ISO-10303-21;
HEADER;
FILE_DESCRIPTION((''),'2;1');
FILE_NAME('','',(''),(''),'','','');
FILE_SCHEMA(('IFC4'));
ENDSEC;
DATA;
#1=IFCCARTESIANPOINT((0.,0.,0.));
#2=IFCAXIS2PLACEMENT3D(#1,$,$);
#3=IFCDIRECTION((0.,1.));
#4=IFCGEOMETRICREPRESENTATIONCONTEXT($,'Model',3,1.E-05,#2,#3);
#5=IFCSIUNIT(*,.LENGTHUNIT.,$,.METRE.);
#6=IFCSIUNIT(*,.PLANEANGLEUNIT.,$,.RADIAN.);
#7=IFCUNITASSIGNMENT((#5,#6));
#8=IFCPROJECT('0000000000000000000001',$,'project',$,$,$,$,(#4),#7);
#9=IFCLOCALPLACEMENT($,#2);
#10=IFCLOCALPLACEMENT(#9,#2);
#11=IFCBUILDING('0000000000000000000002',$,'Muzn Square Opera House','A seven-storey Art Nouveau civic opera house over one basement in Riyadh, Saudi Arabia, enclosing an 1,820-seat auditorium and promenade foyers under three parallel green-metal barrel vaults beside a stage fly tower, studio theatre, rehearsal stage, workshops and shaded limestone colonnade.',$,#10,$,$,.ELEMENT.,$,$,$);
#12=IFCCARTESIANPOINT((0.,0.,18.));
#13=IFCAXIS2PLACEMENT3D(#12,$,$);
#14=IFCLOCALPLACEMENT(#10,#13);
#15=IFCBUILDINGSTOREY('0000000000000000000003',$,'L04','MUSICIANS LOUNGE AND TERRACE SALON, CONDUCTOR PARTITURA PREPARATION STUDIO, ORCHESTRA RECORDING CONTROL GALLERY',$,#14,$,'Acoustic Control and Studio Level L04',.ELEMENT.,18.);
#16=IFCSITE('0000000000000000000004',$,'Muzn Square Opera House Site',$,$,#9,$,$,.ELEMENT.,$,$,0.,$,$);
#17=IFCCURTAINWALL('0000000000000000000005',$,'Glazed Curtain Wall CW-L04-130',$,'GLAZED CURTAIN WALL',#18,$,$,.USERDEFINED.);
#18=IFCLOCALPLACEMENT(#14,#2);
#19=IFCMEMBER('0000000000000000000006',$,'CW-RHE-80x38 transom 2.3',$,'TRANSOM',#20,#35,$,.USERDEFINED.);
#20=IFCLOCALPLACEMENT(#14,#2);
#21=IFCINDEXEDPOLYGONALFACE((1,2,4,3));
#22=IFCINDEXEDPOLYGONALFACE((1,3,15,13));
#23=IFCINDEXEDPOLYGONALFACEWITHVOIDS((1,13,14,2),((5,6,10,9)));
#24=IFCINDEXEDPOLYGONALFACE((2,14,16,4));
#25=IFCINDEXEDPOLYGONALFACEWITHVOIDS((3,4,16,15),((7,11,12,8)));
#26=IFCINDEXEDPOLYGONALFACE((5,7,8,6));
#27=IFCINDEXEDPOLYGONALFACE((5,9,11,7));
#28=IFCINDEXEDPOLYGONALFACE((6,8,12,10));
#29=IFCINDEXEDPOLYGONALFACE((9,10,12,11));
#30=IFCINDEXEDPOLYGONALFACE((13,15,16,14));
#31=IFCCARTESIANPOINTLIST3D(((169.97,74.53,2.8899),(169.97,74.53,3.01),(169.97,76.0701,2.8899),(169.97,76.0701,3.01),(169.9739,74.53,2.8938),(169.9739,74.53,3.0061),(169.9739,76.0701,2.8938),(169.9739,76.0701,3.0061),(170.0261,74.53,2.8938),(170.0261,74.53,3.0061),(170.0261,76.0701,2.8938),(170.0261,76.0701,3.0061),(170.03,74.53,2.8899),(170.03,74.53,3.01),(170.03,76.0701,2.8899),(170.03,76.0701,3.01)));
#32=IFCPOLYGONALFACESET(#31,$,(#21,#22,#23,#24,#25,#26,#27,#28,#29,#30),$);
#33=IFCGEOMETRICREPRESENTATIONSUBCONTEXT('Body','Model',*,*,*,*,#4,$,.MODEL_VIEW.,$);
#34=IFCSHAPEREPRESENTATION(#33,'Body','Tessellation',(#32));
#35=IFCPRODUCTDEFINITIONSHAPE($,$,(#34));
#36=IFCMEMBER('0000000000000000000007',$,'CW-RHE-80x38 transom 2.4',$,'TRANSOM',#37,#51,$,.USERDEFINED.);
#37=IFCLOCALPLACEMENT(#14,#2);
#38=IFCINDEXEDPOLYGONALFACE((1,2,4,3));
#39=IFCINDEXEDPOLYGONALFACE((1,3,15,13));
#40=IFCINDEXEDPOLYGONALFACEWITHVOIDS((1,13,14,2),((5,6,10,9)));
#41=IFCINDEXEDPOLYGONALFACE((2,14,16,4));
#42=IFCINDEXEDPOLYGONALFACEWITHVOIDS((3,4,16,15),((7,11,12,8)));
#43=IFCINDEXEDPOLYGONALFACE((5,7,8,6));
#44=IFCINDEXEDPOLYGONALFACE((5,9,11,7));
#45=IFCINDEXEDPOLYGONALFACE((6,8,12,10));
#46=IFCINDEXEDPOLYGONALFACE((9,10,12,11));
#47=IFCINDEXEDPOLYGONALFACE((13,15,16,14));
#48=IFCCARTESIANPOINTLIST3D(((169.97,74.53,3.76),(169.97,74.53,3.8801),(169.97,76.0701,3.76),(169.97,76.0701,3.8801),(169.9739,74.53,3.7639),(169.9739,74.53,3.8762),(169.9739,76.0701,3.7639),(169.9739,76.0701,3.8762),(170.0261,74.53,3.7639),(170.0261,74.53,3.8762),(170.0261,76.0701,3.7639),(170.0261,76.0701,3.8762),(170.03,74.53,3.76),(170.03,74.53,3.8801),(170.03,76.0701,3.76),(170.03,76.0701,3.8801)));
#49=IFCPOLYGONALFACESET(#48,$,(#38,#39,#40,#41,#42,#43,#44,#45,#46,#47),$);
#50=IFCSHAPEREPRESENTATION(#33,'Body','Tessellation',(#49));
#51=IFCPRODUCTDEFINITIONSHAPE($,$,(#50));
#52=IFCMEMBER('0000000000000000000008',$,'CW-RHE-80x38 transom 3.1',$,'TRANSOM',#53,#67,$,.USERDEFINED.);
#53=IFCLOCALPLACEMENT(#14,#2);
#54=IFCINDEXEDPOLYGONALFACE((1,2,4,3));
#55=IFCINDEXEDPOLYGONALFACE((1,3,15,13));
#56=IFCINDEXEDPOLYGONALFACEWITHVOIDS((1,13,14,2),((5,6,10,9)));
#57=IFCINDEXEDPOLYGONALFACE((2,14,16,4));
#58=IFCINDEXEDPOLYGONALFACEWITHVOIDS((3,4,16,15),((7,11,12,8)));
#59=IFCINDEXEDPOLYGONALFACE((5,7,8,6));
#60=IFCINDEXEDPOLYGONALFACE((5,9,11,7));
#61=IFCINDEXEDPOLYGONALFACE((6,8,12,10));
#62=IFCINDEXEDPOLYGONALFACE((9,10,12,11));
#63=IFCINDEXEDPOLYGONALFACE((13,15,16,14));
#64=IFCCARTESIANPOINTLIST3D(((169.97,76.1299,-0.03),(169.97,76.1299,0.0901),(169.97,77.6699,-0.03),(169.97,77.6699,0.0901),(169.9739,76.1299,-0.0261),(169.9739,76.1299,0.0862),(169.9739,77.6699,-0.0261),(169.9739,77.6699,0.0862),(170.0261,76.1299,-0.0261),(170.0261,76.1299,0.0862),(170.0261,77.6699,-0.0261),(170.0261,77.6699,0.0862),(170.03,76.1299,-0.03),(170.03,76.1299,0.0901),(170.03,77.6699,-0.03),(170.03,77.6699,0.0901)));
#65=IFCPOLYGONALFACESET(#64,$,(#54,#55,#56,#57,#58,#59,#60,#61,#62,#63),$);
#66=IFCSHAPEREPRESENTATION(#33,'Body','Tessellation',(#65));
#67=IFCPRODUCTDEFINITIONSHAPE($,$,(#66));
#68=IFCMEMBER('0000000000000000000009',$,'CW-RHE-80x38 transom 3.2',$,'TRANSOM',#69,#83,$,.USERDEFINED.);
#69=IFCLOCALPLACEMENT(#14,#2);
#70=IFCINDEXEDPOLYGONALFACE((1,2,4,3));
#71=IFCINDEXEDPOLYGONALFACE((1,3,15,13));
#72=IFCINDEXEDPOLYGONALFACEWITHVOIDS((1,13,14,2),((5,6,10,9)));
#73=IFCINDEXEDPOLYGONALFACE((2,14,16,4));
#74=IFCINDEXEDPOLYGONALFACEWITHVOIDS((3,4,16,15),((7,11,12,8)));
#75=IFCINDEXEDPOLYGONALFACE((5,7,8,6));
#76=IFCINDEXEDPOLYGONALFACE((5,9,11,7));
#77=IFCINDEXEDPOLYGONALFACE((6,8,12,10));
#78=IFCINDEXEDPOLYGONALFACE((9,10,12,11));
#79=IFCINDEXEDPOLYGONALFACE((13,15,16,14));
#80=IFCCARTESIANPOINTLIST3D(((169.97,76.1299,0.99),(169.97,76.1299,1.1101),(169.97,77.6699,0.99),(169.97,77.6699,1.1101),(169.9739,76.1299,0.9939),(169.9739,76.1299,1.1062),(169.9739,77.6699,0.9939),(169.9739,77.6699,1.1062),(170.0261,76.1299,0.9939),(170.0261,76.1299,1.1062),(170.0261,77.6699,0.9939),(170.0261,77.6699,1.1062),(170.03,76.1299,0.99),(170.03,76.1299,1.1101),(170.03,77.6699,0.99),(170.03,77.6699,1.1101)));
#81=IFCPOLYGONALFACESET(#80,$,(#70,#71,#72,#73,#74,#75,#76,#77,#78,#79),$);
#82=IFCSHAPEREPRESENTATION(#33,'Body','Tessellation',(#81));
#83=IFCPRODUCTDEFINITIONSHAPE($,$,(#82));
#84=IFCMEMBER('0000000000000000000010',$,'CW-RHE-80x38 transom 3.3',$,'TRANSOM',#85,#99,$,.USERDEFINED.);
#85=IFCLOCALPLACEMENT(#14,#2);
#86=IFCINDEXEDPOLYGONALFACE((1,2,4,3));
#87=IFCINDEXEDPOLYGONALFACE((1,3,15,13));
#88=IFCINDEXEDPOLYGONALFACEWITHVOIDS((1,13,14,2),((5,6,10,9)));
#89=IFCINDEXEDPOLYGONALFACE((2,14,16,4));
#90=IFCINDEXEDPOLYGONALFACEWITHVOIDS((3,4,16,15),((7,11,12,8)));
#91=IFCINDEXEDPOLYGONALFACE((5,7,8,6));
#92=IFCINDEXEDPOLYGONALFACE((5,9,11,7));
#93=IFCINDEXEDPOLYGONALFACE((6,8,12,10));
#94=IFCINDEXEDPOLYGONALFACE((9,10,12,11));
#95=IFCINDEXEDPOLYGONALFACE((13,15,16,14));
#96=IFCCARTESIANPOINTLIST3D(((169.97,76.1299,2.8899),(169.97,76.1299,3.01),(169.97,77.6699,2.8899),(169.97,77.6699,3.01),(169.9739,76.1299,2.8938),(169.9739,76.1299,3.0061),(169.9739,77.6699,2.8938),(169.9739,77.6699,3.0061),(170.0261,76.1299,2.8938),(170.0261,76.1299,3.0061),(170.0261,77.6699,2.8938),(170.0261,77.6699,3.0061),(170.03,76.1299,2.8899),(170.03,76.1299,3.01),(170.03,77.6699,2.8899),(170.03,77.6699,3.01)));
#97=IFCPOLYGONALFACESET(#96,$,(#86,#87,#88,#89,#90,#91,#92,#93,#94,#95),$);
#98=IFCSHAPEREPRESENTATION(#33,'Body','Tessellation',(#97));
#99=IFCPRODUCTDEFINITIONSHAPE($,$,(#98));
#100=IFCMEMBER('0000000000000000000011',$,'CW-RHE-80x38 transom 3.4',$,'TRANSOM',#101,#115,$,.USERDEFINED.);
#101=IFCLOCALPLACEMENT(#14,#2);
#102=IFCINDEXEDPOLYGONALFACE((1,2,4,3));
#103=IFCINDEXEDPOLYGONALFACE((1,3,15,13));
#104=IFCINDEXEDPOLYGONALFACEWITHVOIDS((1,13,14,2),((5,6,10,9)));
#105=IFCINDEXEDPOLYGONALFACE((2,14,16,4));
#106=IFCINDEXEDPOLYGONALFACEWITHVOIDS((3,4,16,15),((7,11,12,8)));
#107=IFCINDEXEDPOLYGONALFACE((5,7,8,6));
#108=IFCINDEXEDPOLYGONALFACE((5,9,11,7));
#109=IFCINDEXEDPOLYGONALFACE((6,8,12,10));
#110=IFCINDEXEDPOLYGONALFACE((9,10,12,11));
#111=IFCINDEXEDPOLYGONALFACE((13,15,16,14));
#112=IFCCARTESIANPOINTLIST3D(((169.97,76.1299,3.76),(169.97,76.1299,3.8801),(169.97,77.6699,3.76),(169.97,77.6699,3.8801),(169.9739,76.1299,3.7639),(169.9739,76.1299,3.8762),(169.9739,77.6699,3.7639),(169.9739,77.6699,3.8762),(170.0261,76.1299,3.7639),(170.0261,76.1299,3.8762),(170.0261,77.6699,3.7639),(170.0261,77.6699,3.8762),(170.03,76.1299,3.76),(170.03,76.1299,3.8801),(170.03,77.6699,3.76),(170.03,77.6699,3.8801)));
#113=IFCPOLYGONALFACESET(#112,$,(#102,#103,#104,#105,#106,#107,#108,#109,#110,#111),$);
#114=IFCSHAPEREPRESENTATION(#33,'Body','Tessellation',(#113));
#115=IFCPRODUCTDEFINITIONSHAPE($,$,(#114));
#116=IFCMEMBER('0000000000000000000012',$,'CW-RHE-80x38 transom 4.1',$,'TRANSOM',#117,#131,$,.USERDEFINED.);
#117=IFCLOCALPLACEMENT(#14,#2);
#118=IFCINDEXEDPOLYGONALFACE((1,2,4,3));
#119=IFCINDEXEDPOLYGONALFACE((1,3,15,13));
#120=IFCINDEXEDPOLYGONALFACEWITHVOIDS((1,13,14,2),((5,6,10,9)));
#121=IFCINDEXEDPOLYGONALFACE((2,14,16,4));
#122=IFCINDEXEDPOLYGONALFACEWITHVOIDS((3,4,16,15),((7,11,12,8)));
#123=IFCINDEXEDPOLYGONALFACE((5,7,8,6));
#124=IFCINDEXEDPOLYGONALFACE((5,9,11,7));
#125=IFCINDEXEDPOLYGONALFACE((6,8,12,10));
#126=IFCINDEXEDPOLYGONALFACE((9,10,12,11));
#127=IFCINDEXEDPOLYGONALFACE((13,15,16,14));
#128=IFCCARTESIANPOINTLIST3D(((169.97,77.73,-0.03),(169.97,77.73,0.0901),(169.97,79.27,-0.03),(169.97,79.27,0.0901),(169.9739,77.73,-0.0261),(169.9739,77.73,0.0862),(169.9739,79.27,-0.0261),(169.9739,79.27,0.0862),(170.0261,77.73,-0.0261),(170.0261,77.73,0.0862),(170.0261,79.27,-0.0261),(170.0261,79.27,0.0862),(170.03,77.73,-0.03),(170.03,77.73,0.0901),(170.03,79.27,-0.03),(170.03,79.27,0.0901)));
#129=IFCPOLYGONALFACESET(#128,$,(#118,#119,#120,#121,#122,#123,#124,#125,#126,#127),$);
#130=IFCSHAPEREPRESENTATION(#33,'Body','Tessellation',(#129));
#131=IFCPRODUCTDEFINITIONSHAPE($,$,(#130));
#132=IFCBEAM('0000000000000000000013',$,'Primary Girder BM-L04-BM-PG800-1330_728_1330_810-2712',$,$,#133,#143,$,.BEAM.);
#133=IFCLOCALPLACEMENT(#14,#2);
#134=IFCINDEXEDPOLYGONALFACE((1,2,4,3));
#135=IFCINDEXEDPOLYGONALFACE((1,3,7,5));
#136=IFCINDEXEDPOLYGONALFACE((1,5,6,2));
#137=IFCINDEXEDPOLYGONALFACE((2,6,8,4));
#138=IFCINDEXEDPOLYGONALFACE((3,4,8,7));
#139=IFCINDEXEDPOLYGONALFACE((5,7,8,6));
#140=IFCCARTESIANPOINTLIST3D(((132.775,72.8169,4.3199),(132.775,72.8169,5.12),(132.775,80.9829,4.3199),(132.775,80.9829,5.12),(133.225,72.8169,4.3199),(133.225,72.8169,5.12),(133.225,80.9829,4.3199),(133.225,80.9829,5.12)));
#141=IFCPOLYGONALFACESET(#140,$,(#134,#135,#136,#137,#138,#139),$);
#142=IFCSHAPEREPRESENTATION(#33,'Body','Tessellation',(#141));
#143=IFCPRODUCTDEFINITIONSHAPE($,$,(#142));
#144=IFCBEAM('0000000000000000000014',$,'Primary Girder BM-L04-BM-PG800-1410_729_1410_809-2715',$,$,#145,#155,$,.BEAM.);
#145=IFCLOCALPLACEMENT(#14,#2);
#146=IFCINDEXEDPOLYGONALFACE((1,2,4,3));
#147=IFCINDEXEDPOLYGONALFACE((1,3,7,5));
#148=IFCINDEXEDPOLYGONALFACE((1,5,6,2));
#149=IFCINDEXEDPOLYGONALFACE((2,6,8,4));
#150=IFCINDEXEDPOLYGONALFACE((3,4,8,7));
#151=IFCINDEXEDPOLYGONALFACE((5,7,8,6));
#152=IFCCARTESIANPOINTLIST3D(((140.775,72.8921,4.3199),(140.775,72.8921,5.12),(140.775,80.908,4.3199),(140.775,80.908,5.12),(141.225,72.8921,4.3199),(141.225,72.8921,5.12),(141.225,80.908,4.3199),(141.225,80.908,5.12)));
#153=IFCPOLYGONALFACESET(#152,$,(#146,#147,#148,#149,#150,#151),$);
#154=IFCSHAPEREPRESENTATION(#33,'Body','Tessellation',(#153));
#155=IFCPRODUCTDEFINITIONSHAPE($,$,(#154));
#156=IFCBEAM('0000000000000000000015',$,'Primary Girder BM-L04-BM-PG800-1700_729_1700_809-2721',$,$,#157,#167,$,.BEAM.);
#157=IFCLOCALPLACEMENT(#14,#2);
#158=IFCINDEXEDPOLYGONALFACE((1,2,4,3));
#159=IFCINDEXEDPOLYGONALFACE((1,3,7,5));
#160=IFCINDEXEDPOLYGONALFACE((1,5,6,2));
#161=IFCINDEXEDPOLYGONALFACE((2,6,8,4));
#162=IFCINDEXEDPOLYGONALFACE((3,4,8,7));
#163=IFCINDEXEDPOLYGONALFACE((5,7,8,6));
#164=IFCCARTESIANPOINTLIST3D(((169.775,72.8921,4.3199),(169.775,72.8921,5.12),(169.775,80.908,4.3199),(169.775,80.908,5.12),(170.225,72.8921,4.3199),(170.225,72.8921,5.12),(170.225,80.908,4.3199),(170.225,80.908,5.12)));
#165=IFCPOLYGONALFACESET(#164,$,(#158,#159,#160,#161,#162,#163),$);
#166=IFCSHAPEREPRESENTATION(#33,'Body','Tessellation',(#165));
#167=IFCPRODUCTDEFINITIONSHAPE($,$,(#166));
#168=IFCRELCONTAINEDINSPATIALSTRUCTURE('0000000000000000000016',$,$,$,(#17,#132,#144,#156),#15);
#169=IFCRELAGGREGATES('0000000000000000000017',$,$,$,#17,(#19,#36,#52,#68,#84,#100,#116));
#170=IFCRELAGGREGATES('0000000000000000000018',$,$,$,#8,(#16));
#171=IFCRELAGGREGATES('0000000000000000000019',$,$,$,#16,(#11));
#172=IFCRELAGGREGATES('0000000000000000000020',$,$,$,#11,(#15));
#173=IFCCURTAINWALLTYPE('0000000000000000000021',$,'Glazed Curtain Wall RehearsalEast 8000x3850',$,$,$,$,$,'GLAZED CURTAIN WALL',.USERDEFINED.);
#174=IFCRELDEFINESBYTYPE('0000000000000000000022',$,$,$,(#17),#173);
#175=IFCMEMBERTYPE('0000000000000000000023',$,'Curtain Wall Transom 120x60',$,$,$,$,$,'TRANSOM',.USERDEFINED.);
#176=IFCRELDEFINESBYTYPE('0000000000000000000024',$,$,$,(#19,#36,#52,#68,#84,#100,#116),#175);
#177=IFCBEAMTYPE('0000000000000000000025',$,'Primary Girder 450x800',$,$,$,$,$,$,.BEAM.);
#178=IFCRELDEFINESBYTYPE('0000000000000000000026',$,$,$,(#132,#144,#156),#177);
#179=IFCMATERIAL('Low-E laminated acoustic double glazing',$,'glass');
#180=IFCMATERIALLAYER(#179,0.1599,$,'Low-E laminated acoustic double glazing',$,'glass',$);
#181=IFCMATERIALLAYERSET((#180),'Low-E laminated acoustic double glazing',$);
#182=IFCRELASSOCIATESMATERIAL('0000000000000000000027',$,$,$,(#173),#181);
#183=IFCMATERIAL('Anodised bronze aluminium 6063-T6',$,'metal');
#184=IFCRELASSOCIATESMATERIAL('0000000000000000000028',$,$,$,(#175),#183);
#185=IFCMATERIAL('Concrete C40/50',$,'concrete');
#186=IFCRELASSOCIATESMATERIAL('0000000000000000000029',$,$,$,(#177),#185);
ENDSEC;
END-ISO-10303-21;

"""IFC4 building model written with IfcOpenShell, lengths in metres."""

from ifc_helpers import new_model, si_unit, direction, frame, origin, origin_2d, place, context, subcontext, project, spatial, rectangle, hollow_rectangle, extrude, material, layer, layer_set, material_profile, profile_set, type_object, element, aggregate, save


model = new_model("IFC4")

# Units and contexts
model_context = context("Model", 3, precision=1e-05, world=origin(), true_north=direction((0.0, 1.0)))
body_context = subcontext(model_context, "Body", "Model", "MODEL_VIEW")
ifc_project = project(units=[si_unit("LENGTHUNIT", "METRE"), si_unit("PLANEANGLEUNIT", "RADIAN")], contexts=[model_context])

# Site, building, storey
site_placement = place(None, origin())
site = spatial("IfcSite", under=ifc_project, at=site_placement, Name="Muzn Square Opera House Site", CompositionType="ELEMENT", RefElevation=0.0)
building_placement = place(site_placement, origin())
building = spatial("IfcBuilding", under=site, at=building_placement, Name="Muzn Square Opera House", Description="A seven-storey Art Nouveau civic opera house over one basement in Riyadh, Saudi Arabia, enclosing an 1,820-seat auditorium and promenade foyers under three parallel green-metal barrel vaults beside a stage fly tower, studio theatre, rehearsal stage, workshops and shaded limestone colonnade.", CompositionType="ELEMENT")
storey_placement = place(building_placement, frame((0.0, 0.0, 18.0)))
storey = spatial("IfcBuildingStorey", under=building, at=storey_placement, Name="L04", Description="MUSICIANS LOUNGE AND TERRACE SALON, CONDUCTOR PARTITURA PREPARATION STUDIO, ORCHESTRA RECORDING CONTROL GALLERY", LongName="Acoustic Control and Studio Level L04", CompositionType="ELEMENT", Elevation=18.0)

# Curtain wall, members
ifc_material_1 = material(Name="Low-E laminated acoustic double glazing", Category="glass")
ifc_layer_1 = layer(ifc_material_1, 0.1599, Name="Low-E laminated acoustic double glazing", Category="glass")
ifc_layer_set_1 = layer_set([ifc_layer_1], Name="Low-E laminated acoustic double glazing")
curtain_wall_type = type_object("IfcCurtainWallType", Name="Glazed Curtain Wall RehearsalEast 8000x3850", ElementType="GLAZED CURTAIN WALL", PredefinedType="USERDEFINED", material=ifc_layer_set_1)
curtain_wall_placement = place(storey_placement, origin())
curtain_wall = element("IfcCurtainWall", 1, at=curtain_wall_placement, inside=storey, type_object=curtain_wall_type, Name="Glazed Curtain Wall CW-L04-130", ObjectType="GLAZED CURTAIN WALL", PredefinedType="USERDEFINED")
ifc_material_2 = material(Name="Anodised bronze aluminium 6063-T6", Category="metal")
ifc_material_profile_1 = material_profile(ifc_material_2, hollow_rectangle(XDim=0.0601, YDim=0.1201, WallThickness=0.0039, at=origin_2d()), Name="ALU 120x60x4", Category="metal")
ifc_profile_set_1 = profile_set([ifc_material_profile_1], Name="Anodised bronze aluminium 6063-T6")
member_type_1 = type_object("IfcMemberType", Name="Curtain Wall Transom 120x60", ElementType="TRANSOM", PredefinedType="USERDEFINED", material=ifc_profile_set_1)
member_1_placement = place(storey_placement, frame((170.0, 74.53, 2.95), z_axis=(0.0, 1.0, 0.0), x_axis=(-1.0, 0.0, 0.0)))
member_1 = element("IfcMember", 2, at=member_1_placement, type_object=member_type_1, Name="CW-RHE-80x38 transom 2.3", ObjectType="TRANSOM", PredefinedType="USERDEFINED", context=body_context, shape_type="SweptSolid", body=[
    extrude(hollow_rectangle(XDim=0.0601, YDim=0.1201, WallThickness=0.0039, at=origin_2d()), origin(), (0.0, 0.0, 1.0), 1.54),
])
member_2_placement = place(storey_placement, frame((170.0, 74.53, 3.8201), z_axis=(0.0, 1.0, 0.0), x_axis=(-1.0, 0.0, 0.0)))
member_2 = element("IfcMember", 3, at=member_2_placement, type_object=member_type_1, Name="CW-RHE-80x38 transom 2.4", ObjectType="TRANSOM", PredefinedType="USERDEFINED", context=body_context, shape_type="SweptSolid", body=[
    extrude(hollow_rectangle(XDim=0.0601, YDim=0.1201, WallThickness=0.0039, at=origin_2d()), origin(), (0.0, 0.0, 1.0), 1.54),
])
member_3_placement = place(storey_placement, frame((170.0, 76.1299, 0.03), z_axis=(0.0, 1.0, 0.0), x_axis=(-1.0, 0.0, 0.0)))
member_3 = element("IfcMember", 4, at=member_3_placement, type_object=member_type_1, Name="CW-RHE-80x38 transom 3.1", ObjectType="TRANSOM", PredefinedType="USERDEFINED", context=body_context, shape_type="SweptSolid", body=[
    extrude(hollow_rectangle(XDim=0.0601, YDim=0.1201, WallThickness=0.0039, at=origin_2d()), origin(), (0.0, 0.0, 1.0), 1.54),
])
member_4_placement = place(storey_placement, frame((170.0, 76.1299, 1.05), z_axis=(0.0, 1.0, 0.0), x_axis=(-1.0, 0.0, 0.0)))
member_4 = element("IfcMember", 5, at=member_4_placement, type_object=member_type_1, Name="CW-RHE-80x38 transom 3.2", ObjectType="TRANSOM", PredefinedType="USERDEFINED", context=body_context, shape_type="SweptSolid", body=[
    extrude(hollow_rectangle(XDim=0.0601, YDim=0.1201, WallThickness=0.0039, at=origin_2d()), origin(), (0.0, 0.0, 1.0), 1.54),
])
member_5_placement = place(storey_placement, frame((170.0, 76.1299, 2.95), z_axis=(0.0, 1.0, 0.0), x_axis=(-1.0, 0.0, 0.0)))
member_5 = element("IfcMember", 6, at=member_5_placement, type_object=member_type_1, Name="CW-RHE-80x38 transom 3.3", ObjectType="TRANSOM", PredefinedType="USERDEFINED", context=body_context, shape_type="SweptSolid", body=[
    extrude(hollow_rectangle(XDim=0.0601, YDim=0.1201, WallThickness=0.0039, at=origin_2d()), origin(), (0.0, 0.0, 1.0), 1.54),
])
member_6_placement = place(storey_placement, frame((170.0, 76.1299, 3.8201), z_axis=(0.0, 1.0, 0.0), x_axis=(-1.0, 0.0, 0.0)))
member_6 = element("IfcMember", 7, at=member_6_placement, type_object=member_type_1, Name="CW-RHE-80x38 transom 3.4", ObjectType="TRANSOM", PredefinedType="USERDEFINED", context=body_context, shape_type="SweptSolid", body=[
    extrude(hollow_rectangle(XDim=0.0601, YDim=0.1201, WallThickness=0.0039, at=origin_2d()), origin(), (0.0, 0.0, 1.0), 1.54),
])
member_7_placement = place(storey_placement, frame((170.0, 77.73, 0.03), z_axis=(0.0, 1.0, 0.0), x_axis=(-1.0, 0.0, 0.0)))
member_7 = element("IfcMember", 8, at=member_7_placement, type_object=member_type_1, Name="CW-RHE-80x38 transom 4.1", ObjectType="TRANSOM", PredefinedType="USERDEFINED", context=body_context, shape_type="SweptSolid", body=[
    extrude(hollow_rectangle(XDim=0.0601, YDim=0.1201, WallThickness=0.0039, at=origin_2d()), origin(), (0.0, 0.0, 1.0), 1.54),
])

# Beams
ifc_material_3 = material(Name="Concrete C40/50", Category="concrete")
ifc_material_profile_2 = material_profile(ifc_material_3, rectangle(XDim=0.45, YDim=0.8, at=origin_2d()), Name="RCB 450x800", Category="concrete")
ifc_profile_set_2 = profile_set([ifc_material_profile_2], Name="Concrete C40/50")
beam_type_1 = type_object("IfcBeamType", Name="Primary Girder 450x800", PredefinedType="BEAM", material=ifc_profile_set_2)
beam_1_placement = place(storey_placement, frame((133.0, 72.8169, 4.72), z_axis=(0.0, 1.0, 0.0), x_axis=(-1.0, 0.0, 0.0)))
element("IfcBeam", 9, at=beam_1_placement, inside=storey, type_object=beam_type_1, Name="Primary Girder BM-L04-BM-PG800-1330_728_1330_810-2712", PredefinedType="BEAM", context=body_context, shape_type="SweptSolid", body=[
    extrude(rectangle(XDim=0.45, YDim=0.8, at=origin_2d()), origin(), (0.0, 0.0, 1.0), 8.166),
])
for number, where, z_axis, x_axis, name in (
    (10, (141.0, 72.8921, 4.72), (0.0, 1.0, 0.0), (-1.0, 0.0, 0.0), "Primary Girder BM-L04-BM-PG800-1410_729_1410_809-2715"),
    (11, (170.0, 72.8921, 4.72), (0.0, 1.0, 0.0), (-1.0, 0.0, 0.0), "Primary Girder BM-L04-BM-PG800-1700_729_1700_809-2721"),
):
    element("IfcBeam", number, at=place(storey_placement, frame(where, z_axis=z_axis, x_axis=x_axis)), inside=storey, type_object=beam_type_1, Name=name, PredefinedType="BEAM", context=body_context, shape_type="SweptSolid", body=[
        extrude(rectangle(XDim=0.45, YDim=0.8, at=origin_2d()), origin(), (0.0, 0.0, 1.0), 8.0159),
    ])

aggregate(curtain_wall, [member_1, member_2, member_3, member_4, member_5, member_6, member_7])

save(model, "model.ifc")
